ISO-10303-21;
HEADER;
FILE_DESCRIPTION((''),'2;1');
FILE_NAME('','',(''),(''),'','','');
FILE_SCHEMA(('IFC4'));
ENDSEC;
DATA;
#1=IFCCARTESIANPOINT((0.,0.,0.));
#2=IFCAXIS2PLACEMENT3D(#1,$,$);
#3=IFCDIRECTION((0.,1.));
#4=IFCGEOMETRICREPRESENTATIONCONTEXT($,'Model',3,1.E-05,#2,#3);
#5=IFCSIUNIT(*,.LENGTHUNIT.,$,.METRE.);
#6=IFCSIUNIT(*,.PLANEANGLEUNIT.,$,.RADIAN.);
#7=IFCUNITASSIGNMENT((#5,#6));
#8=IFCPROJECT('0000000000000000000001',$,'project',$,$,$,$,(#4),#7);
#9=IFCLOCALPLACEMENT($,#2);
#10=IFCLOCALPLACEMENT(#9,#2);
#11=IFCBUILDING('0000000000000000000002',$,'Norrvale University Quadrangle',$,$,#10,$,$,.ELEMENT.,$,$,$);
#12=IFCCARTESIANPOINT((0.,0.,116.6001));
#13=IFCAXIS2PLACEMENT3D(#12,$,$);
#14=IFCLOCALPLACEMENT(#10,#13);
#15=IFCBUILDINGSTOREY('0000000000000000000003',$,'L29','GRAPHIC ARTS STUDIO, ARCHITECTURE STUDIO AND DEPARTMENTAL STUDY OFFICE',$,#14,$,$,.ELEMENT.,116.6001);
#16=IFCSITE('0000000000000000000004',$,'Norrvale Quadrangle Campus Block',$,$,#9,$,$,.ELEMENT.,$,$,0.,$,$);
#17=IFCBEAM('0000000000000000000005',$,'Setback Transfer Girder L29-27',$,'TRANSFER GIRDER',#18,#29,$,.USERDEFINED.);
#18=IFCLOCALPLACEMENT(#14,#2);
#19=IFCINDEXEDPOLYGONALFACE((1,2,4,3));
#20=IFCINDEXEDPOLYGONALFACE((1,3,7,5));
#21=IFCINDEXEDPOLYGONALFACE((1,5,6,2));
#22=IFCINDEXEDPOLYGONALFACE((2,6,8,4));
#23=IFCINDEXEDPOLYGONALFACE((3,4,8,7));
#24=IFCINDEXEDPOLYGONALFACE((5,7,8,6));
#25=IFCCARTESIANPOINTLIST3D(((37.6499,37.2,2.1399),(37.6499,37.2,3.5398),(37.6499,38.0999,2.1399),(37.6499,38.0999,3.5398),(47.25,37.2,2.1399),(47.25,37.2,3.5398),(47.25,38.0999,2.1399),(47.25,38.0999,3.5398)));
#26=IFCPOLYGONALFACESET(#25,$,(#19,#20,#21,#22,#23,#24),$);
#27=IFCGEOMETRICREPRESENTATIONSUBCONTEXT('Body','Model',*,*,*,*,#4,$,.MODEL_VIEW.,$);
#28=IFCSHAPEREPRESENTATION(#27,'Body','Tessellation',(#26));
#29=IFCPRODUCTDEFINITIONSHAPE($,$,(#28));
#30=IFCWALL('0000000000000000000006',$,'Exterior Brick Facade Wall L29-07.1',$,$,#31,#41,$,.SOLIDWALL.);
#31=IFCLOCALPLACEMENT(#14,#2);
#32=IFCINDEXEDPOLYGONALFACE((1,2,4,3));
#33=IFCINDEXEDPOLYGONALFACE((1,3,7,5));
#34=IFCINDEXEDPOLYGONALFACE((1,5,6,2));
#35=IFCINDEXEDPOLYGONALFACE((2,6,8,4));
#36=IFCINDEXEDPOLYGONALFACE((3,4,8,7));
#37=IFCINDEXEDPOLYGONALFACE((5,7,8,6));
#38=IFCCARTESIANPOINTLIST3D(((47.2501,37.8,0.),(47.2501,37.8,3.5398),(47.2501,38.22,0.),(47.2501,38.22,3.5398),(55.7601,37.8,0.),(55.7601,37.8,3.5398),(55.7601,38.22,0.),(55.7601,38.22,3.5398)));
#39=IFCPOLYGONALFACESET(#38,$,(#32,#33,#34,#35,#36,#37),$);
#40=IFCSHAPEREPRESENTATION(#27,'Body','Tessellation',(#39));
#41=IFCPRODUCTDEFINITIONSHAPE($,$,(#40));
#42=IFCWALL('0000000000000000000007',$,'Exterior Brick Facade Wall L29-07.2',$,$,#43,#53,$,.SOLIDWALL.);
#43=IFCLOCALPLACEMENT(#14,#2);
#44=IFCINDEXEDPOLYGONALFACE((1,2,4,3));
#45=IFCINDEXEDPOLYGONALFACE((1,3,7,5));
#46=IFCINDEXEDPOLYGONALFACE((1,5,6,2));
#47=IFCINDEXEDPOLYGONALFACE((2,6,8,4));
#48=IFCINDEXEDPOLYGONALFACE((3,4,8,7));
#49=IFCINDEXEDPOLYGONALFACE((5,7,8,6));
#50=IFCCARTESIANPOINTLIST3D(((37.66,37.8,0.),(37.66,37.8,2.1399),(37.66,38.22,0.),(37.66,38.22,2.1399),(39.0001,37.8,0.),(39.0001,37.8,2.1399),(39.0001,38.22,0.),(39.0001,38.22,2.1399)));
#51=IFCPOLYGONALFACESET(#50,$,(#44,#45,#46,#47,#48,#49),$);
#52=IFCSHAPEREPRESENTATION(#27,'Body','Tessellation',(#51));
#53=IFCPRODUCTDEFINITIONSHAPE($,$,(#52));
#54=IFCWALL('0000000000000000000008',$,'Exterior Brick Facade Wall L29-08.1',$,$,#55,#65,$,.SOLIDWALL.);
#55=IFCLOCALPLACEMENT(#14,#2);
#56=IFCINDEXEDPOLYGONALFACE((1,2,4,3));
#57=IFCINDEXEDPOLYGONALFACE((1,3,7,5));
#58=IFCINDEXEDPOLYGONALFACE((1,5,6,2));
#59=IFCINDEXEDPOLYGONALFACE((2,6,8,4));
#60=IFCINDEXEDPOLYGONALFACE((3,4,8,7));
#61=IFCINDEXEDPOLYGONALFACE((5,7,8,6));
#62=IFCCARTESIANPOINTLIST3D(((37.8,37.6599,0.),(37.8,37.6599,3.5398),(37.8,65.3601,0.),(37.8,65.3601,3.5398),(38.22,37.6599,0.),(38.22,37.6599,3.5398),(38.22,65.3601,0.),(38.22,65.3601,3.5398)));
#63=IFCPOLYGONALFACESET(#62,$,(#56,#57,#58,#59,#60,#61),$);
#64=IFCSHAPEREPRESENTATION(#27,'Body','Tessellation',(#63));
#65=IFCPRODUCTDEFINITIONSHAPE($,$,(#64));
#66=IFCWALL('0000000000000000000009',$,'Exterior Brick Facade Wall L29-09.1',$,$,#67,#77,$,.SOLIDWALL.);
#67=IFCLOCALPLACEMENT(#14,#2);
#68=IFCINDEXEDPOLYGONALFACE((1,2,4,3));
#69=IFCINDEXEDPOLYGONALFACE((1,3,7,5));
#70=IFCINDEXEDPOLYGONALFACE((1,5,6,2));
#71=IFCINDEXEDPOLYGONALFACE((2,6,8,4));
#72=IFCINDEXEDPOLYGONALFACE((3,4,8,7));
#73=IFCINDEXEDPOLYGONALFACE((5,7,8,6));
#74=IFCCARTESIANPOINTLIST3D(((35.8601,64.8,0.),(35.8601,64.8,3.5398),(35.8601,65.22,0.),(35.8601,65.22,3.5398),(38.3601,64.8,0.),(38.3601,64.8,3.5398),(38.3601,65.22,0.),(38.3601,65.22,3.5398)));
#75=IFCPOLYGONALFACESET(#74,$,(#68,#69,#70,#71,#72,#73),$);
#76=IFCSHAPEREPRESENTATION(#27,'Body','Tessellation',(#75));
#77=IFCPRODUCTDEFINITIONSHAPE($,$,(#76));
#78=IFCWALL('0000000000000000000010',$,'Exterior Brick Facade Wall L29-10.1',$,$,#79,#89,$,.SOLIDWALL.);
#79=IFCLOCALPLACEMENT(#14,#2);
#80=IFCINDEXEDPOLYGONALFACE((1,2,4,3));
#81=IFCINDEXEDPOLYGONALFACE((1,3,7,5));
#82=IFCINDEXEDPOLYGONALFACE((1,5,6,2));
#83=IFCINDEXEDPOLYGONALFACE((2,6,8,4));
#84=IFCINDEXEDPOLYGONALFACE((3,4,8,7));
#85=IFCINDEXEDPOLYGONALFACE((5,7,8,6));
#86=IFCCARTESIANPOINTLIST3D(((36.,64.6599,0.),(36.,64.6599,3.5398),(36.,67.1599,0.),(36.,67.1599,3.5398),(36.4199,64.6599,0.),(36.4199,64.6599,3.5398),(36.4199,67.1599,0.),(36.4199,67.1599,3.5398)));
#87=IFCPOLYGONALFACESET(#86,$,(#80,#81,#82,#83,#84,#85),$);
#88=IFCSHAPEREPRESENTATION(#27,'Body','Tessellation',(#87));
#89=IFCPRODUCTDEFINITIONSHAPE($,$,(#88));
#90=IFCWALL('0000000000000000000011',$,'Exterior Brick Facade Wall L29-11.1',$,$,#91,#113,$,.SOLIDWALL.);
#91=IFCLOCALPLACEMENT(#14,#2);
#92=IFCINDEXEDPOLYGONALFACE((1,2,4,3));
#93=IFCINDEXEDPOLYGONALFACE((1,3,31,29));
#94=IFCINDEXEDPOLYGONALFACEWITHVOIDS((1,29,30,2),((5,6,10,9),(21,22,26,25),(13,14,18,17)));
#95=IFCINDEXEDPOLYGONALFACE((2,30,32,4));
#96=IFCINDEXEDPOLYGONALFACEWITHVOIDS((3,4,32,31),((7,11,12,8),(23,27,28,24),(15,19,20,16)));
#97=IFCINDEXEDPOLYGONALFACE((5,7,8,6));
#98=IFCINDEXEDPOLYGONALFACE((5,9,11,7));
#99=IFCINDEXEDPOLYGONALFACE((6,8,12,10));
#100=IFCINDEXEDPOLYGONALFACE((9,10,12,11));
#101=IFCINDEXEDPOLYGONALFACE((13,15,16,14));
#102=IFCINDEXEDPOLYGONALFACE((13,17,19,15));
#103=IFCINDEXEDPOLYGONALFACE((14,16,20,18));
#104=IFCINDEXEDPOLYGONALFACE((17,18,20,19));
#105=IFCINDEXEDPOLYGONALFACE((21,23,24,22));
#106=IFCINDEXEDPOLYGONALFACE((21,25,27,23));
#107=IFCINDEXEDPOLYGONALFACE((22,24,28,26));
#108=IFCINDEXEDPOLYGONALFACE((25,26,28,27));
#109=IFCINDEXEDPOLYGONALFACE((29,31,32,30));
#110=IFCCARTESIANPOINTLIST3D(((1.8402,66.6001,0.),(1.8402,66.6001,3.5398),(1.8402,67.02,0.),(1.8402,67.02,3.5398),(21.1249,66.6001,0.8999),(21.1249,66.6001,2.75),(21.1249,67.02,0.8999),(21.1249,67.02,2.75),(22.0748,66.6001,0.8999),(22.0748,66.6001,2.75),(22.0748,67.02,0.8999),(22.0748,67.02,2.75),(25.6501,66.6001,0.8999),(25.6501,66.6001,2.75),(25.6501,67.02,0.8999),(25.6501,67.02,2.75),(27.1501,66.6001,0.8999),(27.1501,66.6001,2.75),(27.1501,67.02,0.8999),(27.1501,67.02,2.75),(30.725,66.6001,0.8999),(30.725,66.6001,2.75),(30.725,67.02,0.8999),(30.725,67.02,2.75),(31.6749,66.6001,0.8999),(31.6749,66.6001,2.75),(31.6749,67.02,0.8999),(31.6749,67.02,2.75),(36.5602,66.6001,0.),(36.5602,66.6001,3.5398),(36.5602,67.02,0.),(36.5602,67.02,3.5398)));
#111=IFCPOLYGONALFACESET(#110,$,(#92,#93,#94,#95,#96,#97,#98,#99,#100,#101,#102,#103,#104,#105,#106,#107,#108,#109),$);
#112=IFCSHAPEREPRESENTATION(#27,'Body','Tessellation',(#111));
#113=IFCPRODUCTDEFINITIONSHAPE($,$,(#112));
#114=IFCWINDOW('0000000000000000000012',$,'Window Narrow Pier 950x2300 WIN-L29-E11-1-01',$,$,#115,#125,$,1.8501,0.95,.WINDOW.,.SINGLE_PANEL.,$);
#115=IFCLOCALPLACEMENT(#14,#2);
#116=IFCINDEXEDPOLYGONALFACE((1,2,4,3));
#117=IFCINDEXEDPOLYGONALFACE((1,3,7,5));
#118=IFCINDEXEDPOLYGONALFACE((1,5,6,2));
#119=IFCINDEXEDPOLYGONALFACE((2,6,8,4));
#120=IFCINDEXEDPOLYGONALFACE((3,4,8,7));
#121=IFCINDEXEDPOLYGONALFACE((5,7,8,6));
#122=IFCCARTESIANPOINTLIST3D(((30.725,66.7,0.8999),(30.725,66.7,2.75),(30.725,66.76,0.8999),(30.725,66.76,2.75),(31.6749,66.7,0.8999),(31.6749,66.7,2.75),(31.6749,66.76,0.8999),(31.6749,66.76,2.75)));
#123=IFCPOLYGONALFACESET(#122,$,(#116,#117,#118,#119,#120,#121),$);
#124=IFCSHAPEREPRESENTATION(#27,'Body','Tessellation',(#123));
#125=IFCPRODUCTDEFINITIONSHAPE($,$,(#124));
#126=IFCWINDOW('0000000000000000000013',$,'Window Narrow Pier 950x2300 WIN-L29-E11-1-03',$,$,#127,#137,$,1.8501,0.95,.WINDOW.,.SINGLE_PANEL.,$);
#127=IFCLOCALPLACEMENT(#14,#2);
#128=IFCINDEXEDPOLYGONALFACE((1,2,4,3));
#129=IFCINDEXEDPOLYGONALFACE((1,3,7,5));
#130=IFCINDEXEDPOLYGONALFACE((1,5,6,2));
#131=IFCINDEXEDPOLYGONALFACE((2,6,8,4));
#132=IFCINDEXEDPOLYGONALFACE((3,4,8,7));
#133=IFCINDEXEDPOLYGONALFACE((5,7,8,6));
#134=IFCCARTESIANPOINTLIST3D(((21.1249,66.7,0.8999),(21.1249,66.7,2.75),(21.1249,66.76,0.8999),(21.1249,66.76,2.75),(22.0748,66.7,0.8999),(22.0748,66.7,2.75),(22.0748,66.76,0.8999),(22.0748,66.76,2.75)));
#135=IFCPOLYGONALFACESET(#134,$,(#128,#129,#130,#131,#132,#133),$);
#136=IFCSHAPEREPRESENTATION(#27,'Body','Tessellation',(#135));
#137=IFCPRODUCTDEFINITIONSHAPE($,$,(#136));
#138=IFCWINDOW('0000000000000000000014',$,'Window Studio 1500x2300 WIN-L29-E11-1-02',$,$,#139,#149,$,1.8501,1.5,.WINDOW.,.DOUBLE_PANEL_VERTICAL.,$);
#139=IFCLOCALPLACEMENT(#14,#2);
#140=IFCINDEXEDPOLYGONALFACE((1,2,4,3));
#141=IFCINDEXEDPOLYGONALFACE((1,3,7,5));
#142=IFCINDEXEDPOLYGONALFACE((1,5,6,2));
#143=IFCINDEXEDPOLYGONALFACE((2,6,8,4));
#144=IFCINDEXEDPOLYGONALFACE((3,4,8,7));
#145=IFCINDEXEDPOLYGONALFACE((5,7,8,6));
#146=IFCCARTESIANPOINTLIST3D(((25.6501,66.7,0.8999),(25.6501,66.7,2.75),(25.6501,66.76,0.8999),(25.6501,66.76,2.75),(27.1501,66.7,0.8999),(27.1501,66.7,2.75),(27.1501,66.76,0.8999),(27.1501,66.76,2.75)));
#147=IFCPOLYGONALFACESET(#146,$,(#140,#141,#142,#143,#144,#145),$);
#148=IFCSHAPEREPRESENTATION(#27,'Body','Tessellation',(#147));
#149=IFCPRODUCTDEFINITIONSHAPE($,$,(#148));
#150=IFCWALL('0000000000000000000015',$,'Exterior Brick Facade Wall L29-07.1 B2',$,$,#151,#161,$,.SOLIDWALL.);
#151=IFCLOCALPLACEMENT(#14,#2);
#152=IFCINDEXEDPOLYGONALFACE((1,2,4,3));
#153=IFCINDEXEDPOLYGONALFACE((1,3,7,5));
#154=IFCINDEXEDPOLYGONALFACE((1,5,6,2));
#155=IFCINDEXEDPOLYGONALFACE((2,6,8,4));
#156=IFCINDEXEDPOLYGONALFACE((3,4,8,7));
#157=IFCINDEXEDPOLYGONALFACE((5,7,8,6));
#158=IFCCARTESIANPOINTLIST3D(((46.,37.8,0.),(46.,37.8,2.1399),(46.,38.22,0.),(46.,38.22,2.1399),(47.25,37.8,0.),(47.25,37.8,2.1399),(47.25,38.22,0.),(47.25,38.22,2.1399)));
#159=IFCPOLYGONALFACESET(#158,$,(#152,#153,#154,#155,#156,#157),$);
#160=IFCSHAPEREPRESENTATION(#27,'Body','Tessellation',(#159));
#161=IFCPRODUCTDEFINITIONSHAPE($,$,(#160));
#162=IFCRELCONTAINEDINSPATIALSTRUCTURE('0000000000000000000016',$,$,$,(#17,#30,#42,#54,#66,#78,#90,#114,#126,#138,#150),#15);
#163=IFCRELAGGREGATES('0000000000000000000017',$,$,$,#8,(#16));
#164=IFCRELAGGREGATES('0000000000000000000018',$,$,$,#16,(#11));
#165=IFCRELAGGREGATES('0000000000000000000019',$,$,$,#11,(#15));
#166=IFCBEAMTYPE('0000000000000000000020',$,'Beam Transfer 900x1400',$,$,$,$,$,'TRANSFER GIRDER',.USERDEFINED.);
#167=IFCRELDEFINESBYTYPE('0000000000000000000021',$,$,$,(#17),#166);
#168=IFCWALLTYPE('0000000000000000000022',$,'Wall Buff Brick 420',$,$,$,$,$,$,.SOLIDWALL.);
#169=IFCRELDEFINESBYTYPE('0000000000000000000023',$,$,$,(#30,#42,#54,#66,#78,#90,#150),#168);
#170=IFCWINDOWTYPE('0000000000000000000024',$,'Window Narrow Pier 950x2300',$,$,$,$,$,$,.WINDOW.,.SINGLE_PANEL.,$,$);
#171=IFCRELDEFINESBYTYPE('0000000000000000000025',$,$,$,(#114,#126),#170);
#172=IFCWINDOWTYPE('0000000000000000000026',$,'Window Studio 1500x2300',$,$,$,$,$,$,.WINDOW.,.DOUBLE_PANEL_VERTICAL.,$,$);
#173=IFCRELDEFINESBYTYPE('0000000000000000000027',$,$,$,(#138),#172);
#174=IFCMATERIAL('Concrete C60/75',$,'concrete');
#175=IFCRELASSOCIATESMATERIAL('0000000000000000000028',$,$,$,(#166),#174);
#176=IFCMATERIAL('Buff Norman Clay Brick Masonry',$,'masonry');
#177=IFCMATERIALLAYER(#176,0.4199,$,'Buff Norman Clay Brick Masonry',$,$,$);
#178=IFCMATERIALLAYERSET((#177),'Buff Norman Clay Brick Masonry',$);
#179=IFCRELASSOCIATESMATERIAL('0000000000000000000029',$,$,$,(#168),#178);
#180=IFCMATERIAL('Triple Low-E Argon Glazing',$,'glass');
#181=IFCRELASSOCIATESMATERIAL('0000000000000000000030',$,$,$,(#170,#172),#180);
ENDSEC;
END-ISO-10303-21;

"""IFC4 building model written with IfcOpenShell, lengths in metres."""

from ifc_helpers import new_model, si_unit, direction, frame, frame_2d, origin, origin_2d, place, context, subcontext, project, spatial, rectangle, extrude, material, layer, layer_set, material_profile, profile_set, type_object, element, fill, save


model = new_model("IFC4")

# Units and contexts
model_context = context("Model", 3, precision=1e-05, world=origin(), true_north=direction((0.0, 1.0)))
body_context = subcontext(model_context, "Body", "Model", "MODEL_VIEW")
ifc_project = project(units=[si_unit("LENGTHUNIT", "METRE"), si_unit("PLANEANGLEUNIT", "RADIAN")], contexts=[model_context])

# Site, building, storey
site_placement = place(None, origin())
site = spatial("IfcSite", under=ifc_project, at=site_placement, Name="Norrvale Quadrangle Campus Block", CompositionType="ELEMENT", RefElevation=0.0)
building_placement = place(site_placement, origin())
building = spatial("IfcBuilding", under=site, at=building_placement, Name="Norrvale University Quadrangle", CompositionType="ELEMENT")
storey_placement = place(building_placement, frame((0.0, 0.0, 116.6001)))
storey = spatial("IfcBuildingStorey", under=building, at=storey_placement, Name="L29", Description="GRAPHIC ARTS STUDIO, ARCHITECTURE STUDIO AND DEPARTMENTAL STUDY OFFICE", CompositionType="ELEMENT", Elevation=116.6001)

# Shared definitions
ifc_material_1 = material(Name="Concrete C60/75", Category="concrete")

# Beam
ifc_material_profile_1 = material_profile(ifc_material_1, rectangle(XDim=0.8999, YDim=1.3999, at=origin_2d()), Name="Concrete C60/75")
ifc_profile_set_1 = profile_set([ifc_material_profile_1], Name="Concrete C60/75")
beam_type_1 = type_object("IfcBeamType", Name="Beam Transfer 900x1400", ElementType="TRANSFER GIRDER", PredefinedType="USERDEFINED", material=ifc_profile_set_1)
beam_1_placement = place(storey_placement, frame((37.6499, 37.6499, 2.8398), z_axis=(1.0, 0.0, 0.0), x_axis=(0.0, 1.0, 0.0)))
element("IfcBeam", 1, at=beam_1_placement, inside=storey, type_object=beam_type_1, Name="Setback Transfer Girder L29-27", ObjectType="TRANSFER GIRDER", PredefinedType="USERDEFINED", context=body_context, shape_type="SweptSolid", body=[
    extrude(rectangle(XDim=0.8999, YDim=1.3999, at=origin_2d()), origin(), (0.0, 0.0, 1.0), 9.6001),
])

# Walls
ifc_material_2 = material(Name="Buff Norman Clay Brick Masonry", Category="masonry")
ifc_layer = layer(ifc_material_2, 0.4199, Name="Buff Norman Clay Brick Masonry")
ifc_layer_set = layer_set([ifc_layer], Name="Buff Norman Clay Brick Masonry")
wall_type = type_object("IfcWallType", Name="Wall Buff Brick 420", PredefinedType="SOLIDWALL", material=ifc_layer_set)
wall_1_placement = place(storey_placement, frame((55.76, 38.01, 0.0), z_axis=(0.0, 0.0, 1.0), x_axis=(-1.0, 0.0, 0.0)))
element("IfcWall", 2, at=wall_1_placement, inside=storey, type_object=wall_type, Name="Exterior Brick Facade Wall L29-07.1", PredefinedType="SOLIDWALL", context=body_context, shape_type="SweptSolid", body=[
    extrude(rectangle(XDim=8.51, YDim=0.4199, at=frame_2d((4.2549, 0.0))), origin(), (0.0, 0.0, 1.0), 3.5398),
])
wall_2_placement = place(storey_placement, frame((39.0, 38.01, 0.0), z_axis=(0.0, 0.0, 1.0), x_axis=(-1.0, 0.0, 0.0)))
element("IfcWall", 3, at=wall_2_placement, inside=storey, type_object=wall_type, Name="Exterior Brick Facade Wall L29-07.2", PredefinedType="SOLIDWALL", context=body_context, shape_type="SweptSolid", body=[
    extrude(rectangle(XDim=1.3401, YDim=0.4199, at=frame_2d((0.6699, 0.0))), origin(), (0.0, 0.0, 1.0), 2.1399),
])
wall_3_placement = place(storey_placement, frame((38.01, 37.6599, 0.0), z_axis=(0.0, 0.0, 1.0), x_axis=(0.0, 1.0, 0.0)))
element("IfcWall", 4, at=wall_3_placement, inside=storey, type_object=wall_type, Name="Exterior Brick Facade Wall L29-08.1", PredefinedType="SOLIDWALL", context=body_context, shape_type="SweptSolid", body=[
    extrude(rectangle(XDim=27.7002, YDim=0.4199, at=frame_2d((13.8501, 0.0))), origin(), (0.0, 0.0, 1.0), 3.5398),
])
for number, where, z_axis, x_axis, name in (
    (5, (38.3601, 65.01, 0.0), (0.0, 0.0, 1.0), (-1.0, 0.0, 0.0), "Exterior Brick Facade Wall L29-09.1"),
    (6, (36.21, 64.6599, 0.0), (0.0, 0.0, 1.0), (0.0, 1.0, 0.0), "Exterior Brick Facade Wall L29-10.1"),
):
    element("IfcWall", number, at=place(storey_placement, frame(where, z_axis=z_axis, x_axis=x_axis)), inside=storey, type_object=wall_type, Name=name, PredefinedType="SOLIDWALL", context=body_context, shape_type="SweptSolid", body=[
        extrude(rectangle(XDim=2.5, YDim=0.4199, at=frame_2d((1.25, 0.0))), origin(), (0.0, 0.0, 1.0), 3.5398),
    ])

# Wall, openings, windows
wall_4_placement = place(storey_placement, frame((36.5601, 66.8101, 0.0), z_axis=(0.0, 0.0, 1.0), x_axis=(-1.0, 0.0, 0.0)))
wall_4 = element("IfcWall", 7, at=wall_4_placement, inside=storey, type_object=wall_type, Name="Exterior Brick Facade Wall L29-11.1", PredefinedType="SOLIDWALL", context=body_context, shape_type="SweptSolid", body=[
    extrude(rectangle(XDim=34.72, YDim=0.4199, at=frame_2d((17.3599, 0.0))), origin(), (0.0, 0.0, 1.0), 3.5398),
])
opening_1_placement = place(wall_4_placement, frame((4.885, 0.0, 0.8999)))
opening_1 = element("IfcOpeningElement", 8, at=opening_1_placement, cuts=wall_4, PredefinedType="OPENING", context=body_context, shape_type="SweptSolid", body=[
    extrude(rectangle(XDim=0.95, YDim=1.8501, at=frame_2d((0.4751, 0.925))), frame((0.0, 0.2219, 0.0), z_axis=(0.0, -1.0, 0.0), x_axis=(1.0, 0.0, 0.0)), (0.0, 0.0, 1.0), 0.4438),
])
opening_2_placement = place(wall_4_placement, frame((9.4099, 0.0, 0.8999)))
opening_2 = element("IfcOpeningElement", 9, at=opening_2_placement, cuts=wall_4, PredefinedType="OPENING", context=body_context, shape_type="SweptSolid", body=[
    extrude(rectangle(XDim=1.5, YDim=1.8501, at=frame_2d((0.75, 0.925))), frame((0.0, 0.2219, 0.0), z_axis=(0.0, -1.0, 0.0), x_axis=(1.0, 0.0, 0.0)), (0.0, 0.0, 1.0), 0.4438),
])
opening_3_placement = place(wall_4_placement, frame((14.4851, 0.0, 0.8999)))
opening_3 = element("IfcOpeningElement", 10, at=opening_3_placement, cuts=wall_4, PredefinedType="OPENING", context=body_context, shape_type="SweptSolid", body=[
    extrude(rectangle(XDim=0.95, YDim=1.8501, at=frame_2d((0.4751, 0.925))), frame((0.0, 0.2219, 0.0), z_axis=(0.0, -1.0, 0.0), x_axis=(1.0, 0.0, 0.0)), (0.0, 0.0, 1.0), 0.4438),
])
ifc_material_3 = material(Name="Triple Low-E Argon Glazing", Category="glass")
window_type_1 = type_object("IfcWindowType", Name="Window Narrow Pier 950x2300", PartitioningType="SINGLE_PANEL", PredefinedType="WINDOW", material=ifc_material_3)
window_1_placement = place(opening_1_placement, origin())
window_1 = element("IfcWindow", 11, at=window_1_placement, inside=storey, type_object=window_type_1, Name="Window Narrow Pier 950x2300 WIN-L29-E11-1-01", OverallHeight=1.8501, OverallWidth=0.95, PartitioningType="SINGLE_PANEL", PredefinedType="WINDOW", context=body_context, shape_type="SweptSolid", body=[
    extrude(rectangle(XDim=0.95, YDim=1.8501, at=frame_2d((0.4751, 0.925))), frame((0.0, 0.1101, 0.0), z_axis=(0.0, -1.0, 0.0), x_axis=(1.0, 0.0, 0.0)), (0.0, 0.0, 1.0), 0.0601),
])
fill(opening_1, window_1)
window_2_placement = place(opening_3_placement, origin())
window_2 = element("IfcWindow", 12, at=window_2_placement, inside=storey, type_object=window_type_1, Name="Window Narrow Pier 950x2300 WIN-L29-E11-1-03", OverallHeight=1.8501, OverallWidth=0.95, PartitioningType="SINGLE_PANEL", PredefinedType="WINDOW", context=body_context, shape_type="SweptSolid", body=[
    extrude(rectangle(XDim=0.95, YDim=1.8501, at=frame_2d((0.4751, 0.925))), frame((0.0, 0.1101, 0.0), z_axis=(0.0, -1.0, 0.0), x_axis=(1.0, 0.0, 0.0)), (0.0, 0.0, 1.0), 0.0601),
])
fill(opening_3, window_2)
window_type_2 = type_object("IfcWindowType", Name="Window Studio 1500x2300", PartitioningType="DOUBLE_PANEL_VERTICAL", PredefinedType="WINDOW", material=ifc_material_3)
window_3_placement = place(opening_2_placement, origin())
window_3 = element("IfcWindow", 13, at=window_3_placement, inside=storey, type_object=window_type_2, Name="Window Studio 1500x2300 WIN-L29-E11-1-02", OverallHeight=1.8501, OverallWidth=1.5, PartitioningType="DOUBLE_PANEL_VERTICAL", PredefinedType="WINDOW", context=body_context, shape_type="SweptSolid", body=[
    extrude(rectangle(XDim=1.5, YDim=1.8501, at=frame_2d((0.75, 0.925))), frame((0.0, 0.1101, 0.0), z_axis=(0.0, -1.0, 0.0), x_axis=(1.0, 0.0, 0.0)), (0.0, 0.0, 1.0), 0.0601),
])
fill(opening_2, window_3)

# Wall
wall_5_placement = place(storey_placement, frame((47.25, 38.01, 0.0), z_axis=(0.0, 0.0, 1.0), x_axis=(-1.0, 0.0, 0.0)))
element("IfcWall", 14, at=wall_5_placement, inside=storey, type_object=wall_type, Name="Exterior Brick Facade Wall L29-07.1 B2", PredefinedType="SOLIDWALL", context=body_context, shape_type="SweptSolid", body=[
    extrude(rectangle(XDim=1.25, YDim=0.4199, at=frame_2d((0.625, 0.0))), origin(), (0.0, 0.0, 1.0), 2.1399),
])

save(model, "model.ifc")
